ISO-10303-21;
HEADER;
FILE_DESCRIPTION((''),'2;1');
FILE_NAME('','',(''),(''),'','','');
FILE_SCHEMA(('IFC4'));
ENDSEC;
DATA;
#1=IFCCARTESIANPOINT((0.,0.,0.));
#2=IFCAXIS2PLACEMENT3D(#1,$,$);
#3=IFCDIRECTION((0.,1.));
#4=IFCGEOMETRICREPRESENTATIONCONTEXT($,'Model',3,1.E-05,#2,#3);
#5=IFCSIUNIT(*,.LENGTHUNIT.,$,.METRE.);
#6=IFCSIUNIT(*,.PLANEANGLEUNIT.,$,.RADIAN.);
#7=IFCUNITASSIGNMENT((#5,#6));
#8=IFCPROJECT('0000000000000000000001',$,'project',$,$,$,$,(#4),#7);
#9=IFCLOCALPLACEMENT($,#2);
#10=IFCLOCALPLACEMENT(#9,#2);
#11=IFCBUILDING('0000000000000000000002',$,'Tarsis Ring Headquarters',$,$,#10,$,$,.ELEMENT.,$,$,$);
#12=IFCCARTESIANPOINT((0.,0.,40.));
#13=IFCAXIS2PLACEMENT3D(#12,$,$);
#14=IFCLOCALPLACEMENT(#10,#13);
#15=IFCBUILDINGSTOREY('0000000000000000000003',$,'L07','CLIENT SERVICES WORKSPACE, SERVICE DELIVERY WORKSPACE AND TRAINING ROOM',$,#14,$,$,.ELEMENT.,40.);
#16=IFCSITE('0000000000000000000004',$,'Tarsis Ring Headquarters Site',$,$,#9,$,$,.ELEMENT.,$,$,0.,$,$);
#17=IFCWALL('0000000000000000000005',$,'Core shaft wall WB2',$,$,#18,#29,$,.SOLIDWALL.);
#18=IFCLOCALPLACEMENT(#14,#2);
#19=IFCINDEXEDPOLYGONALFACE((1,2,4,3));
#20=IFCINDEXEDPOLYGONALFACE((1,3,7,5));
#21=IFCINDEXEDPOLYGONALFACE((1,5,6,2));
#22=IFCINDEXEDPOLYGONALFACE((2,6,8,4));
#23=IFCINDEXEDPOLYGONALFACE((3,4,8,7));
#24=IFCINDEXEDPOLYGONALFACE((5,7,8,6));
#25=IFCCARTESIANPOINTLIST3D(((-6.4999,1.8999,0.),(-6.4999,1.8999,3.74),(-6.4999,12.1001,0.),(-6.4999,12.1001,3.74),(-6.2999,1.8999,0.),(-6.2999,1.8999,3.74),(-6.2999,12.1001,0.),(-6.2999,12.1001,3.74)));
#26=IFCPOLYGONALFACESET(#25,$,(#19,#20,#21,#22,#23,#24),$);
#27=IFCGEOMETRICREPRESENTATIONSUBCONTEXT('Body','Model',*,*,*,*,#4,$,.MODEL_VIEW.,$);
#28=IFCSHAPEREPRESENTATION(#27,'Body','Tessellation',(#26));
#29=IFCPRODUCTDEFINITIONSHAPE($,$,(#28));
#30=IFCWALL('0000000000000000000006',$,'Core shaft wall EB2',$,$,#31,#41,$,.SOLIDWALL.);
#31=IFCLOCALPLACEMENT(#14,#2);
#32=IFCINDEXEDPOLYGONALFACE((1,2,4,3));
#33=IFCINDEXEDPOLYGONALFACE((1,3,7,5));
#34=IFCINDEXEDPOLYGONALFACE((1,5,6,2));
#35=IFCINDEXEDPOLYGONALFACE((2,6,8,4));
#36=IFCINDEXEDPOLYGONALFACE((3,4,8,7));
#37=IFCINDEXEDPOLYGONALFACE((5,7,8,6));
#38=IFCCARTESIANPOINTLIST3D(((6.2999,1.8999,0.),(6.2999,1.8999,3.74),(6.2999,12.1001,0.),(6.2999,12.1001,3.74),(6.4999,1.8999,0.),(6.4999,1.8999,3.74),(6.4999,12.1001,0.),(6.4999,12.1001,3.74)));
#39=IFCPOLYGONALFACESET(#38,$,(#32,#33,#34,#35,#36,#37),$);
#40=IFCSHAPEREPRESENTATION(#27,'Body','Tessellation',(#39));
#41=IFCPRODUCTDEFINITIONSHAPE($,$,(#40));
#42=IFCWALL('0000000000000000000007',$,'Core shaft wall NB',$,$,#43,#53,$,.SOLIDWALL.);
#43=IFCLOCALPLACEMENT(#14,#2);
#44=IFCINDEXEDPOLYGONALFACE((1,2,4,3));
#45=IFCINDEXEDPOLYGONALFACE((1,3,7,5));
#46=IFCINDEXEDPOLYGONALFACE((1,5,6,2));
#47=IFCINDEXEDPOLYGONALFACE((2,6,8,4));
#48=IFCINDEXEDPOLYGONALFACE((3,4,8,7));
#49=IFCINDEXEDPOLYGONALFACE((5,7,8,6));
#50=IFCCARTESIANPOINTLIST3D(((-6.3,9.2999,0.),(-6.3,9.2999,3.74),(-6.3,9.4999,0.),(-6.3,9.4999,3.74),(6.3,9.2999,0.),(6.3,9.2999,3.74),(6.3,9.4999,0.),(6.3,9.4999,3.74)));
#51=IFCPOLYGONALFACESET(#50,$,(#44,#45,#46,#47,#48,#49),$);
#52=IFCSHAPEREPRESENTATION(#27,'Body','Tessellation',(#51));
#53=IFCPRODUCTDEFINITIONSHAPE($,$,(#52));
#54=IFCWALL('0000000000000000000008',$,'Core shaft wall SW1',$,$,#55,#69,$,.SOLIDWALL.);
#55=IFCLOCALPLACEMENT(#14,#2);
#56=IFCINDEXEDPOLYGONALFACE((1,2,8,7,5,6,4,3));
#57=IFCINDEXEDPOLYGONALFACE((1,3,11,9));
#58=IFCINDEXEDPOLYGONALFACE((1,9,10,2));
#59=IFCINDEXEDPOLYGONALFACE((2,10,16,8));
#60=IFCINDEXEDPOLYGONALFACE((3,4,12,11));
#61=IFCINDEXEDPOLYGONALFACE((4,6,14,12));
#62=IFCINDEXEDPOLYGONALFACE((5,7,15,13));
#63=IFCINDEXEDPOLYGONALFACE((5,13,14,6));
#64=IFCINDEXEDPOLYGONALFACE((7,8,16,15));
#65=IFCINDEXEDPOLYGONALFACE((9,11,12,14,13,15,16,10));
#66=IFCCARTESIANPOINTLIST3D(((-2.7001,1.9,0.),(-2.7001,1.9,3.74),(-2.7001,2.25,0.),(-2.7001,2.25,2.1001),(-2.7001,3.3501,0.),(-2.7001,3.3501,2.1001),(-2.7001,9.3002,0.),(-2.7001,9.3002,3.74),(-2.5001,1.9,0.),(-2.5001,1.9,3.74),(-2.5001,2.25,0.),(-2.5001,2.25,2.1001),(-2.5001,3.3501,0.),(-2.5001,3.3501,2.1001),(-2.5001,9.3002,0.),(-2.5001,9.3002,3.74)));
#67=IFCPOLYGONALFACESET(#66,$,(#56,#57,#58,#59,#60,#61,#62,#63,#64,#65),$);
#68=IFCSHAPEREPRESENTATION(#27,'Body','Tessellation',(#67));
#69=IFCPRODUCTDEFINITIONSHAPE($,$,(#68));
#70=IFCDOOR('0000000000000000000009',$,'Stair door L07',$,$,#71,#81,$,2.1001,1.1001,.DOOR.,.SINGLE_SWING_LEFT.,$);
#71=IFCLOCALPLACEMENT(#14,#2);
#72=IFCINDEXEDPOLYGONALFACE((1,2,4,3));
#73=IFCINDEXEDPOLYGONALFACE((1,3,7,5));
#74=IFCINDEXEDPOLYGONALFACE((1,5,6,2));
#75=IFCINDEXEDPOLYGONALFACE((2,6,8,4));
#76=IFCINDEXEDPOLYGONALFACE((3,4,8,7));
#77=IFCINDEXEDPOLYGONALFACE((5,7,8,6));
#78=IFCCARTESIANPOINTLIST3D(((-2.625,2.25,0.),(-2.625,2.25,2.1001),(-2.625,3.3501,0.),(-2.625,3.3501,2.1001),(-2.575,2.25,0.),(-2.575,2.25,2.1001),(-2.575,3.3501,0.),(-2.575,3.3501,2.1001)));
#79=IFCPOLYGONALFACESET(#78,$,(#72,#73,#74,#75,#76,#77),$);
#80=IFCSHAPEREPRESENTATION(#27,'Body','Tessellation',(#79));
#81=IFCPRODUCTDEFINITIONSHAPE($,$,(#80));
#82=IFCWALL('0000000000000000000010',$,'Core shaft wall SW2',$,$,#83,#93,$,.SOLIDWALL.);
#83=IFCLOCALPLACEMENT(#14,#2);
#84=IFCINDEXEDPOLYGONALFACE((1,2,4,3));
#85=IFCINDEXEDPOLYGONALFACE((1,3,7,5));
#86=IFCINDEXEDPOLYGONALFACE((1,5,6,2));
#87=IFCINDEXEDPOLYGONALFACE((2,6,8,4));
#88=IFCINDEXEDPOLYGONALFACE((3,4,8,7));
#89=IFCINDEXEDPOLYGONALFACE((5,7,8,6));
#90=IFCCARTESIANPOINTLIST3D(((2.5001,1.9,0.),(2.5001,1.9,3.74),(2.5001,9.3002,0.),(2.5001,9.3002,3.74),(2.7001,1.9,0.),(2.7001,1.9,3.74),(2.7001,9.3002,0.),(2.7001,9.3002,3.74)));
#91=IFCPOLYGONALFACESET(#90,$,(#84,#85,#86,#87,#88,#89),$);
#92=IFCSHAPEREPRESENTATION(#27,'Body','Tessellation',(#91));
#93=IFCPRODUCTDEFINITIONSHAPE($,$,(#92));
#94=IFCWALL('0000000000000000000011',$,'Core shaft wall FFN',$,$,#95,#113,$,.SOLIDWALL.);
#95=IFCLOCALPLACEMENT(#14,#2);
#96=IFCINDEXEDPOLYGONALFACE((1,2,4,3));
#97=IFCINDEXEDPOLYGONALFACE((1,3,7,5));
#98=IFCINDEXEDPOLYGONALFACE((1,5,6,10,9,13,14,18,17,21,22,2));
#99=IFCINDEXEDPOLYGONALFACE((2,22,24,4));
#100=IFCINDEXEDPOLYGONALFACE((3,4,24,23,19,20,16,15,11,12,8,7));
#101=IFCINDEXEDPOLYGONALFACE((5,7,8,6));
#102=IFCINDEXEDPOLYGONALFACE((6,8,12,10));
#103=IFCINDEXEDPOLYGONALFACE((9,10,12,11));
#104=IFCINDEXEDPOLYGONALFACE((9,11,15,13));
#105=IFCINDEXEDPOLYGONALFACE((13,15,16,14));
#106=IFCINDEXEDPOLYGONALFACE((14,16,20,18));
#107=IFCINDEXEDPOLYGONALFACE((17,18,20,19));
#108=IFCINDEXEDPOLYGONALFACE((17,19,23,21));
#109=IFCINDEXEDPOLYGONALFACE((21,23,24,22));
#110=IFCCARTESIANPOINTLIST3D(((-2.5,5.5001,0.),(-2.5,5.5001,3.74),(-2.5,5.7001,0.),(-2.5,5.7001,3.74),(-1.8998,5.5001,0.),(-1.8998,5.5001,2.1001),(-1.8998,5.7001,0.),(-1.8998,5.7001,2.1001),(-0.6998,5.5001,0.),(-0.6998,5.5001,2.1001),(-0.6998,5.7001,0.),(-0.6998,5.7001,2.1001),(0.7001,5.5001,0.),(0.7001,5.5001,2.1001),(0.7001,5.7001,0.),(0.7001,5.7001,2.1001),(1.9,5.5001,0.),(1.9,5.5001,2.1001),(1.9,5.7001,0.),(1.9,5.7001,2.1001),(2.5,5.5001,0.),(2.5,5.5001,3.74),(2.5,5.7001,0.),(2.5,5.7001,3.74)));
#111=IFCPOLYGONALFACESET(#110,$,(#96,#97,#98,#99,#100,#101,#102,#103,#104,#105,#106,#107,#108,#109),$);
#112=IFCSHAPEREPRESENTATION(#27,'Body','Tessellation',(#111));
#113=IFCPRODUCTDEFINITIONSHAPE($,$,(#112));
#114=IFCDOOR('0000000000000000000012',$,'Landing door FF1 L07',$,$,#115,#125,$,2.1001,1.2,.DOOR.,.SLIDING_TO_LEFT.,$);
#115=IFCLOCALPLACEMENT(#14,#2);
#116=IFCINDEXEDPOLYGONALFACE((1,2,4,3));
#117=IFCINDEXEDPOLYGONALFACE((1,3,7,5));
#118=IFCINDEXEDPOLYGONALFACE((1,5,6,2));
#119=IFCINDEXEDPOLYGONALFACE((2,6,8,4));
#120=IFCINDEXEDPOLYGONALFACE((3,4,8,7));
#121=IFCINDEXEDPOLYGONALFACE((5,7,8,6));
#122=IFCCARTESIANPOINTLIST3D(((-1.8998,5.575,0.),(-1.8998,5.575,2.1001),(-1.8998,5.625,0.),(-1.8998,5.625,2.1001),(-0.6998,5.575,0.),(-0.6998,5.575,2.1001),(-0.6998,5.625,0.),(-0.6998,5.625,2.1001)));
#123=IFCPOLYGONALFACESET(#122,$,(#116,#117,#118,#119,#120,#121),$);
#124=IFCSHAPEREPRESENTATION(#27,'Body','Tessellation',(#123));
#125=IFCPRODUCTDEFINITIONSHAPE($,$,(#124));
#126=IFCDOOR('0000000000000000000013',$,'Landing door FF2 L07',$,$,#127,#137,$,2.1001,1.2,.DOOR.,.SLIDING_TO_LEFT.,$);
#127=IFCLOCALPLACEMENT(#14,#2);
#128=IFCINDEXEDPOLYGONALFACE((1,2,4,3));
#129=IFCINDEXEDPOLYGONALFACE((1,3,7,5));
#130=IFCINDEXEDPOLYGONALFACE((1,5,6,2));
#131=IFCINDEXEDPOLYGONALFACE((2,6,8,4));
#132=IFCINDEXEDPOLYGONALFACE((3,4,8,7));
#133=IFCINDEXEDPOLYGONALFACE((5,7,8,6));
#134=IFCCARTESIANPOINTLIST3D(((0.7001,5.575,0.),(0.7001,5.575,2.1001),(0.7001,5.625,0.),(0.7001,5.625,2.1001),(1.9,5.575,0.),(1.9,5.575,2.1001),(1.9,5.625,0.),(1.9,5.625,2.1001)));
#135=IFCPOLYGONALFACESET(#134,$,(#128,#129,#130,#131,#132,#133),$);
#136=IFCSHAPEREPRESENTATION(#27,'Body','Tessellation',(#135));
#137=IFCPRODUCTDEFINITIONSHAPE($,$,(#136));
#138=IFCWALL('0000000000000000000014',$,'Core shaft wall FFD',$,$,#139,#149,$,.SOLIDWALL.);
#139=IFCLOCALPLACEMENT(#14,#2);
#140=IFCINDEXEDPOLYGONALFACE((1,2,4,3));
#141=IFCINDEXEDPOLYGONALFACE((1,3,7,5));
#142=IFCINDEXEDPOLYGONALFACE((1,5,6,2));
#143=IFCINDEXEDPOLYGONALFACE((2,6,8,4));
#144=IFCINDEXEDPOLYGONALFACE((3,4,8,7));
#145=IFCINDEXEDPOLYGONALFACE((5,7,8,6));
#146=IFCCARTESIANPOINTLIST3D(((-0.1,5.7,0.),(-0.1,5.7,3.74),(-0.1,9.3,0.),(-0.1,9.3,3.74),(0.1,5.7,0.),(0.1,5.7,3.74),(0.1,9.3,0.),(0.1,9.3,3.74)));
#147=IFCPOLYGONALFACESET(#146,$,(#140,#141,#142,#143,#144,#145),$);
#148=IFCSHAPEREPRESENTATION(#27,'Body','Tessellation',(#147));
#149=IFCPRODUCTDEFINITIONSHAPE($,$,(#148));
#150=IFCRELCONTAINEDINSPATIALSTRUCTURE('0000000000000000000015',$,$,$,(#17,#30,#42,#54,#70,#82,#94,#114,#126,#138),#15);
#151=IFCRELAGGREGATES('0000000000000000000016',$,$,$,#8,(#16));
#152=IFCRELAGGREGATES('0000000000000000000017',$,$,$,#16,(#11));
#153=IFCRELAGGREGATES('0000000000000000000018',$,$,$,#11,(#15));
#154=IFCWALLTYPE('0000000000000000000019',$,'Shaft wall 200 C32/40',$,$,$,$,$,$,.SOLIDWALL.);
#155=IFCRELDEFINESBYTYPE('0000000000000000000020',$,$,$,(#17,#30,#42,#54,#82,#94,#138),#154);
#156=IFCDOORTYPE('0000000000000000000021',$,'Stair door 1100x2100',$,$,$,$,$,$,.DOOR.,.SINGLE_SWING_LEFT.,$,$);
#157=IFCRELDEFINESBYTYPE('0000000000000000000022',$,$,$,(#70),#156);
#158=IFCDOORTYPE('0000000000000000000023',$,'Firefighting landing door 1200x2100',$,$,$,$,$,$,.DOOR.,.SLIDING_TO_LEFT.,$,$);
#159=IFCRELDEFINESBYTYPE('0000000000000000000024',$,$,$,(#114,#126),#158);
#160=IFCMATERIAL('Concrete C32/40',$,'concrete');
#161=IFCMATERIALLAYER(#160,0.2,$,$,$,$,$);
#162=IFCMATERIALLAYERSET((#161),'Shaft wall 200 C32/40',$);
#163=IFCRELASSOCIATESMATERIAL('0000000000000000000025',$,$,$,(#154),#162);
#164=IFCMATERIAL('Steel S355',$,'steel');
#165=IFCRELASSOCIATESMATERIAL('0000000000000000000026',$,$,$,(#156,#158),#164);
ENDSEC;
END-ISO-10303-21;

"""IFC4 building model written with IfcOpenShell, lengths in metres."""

from ifc_helpers import new_model, si_unit, direction, frame, frame_2d, origin, place, context, subcontext, project, spatial, rectangle, extrude, material, layer, layer_set, type_object, element, fill, save


model = new_model("IFC4")

# Units and contexts
model_context = context("Model", 3, precision=1e-05, world=origin(), true_north=direction((0.0, 1.0)))
body_context = subcontext(model_context, "Body", "Model", "MODEL_VIEW")
ifc_project = project(units=[si_unit("LENGTHUNIT", "METRE"), si_unit("PLANEANGLEUNIT", "RADIAN")], contexts=[model_context])

# Site, building, storey
site_placement = place(None, origin())
site = spatial("IfcSite", under=ifc_project, at=site_placement, Name="Tarsis Ring Headquarters Site", CompositionType="ELEMENT", RefElevation=0.0)
building_placement = place(site_placement, origin())
building = spatial("IfcBuilding", under=site, at=building_placement, Name="Tarsis Ring Headquarters", CompositionType="ELEMENT")
storey_placement = place(building_placement, frame((0.0, 0.0, 40.0)))
storey = spatial("IfcBuildingStorey", under=building, at=storey_placement, Name="L07", Description="CLIENT SERVICES WORKSPACE, SERVICE DELIVERY WORKSPACE AND TRAINING ROOM", CompositionType="ELEMENT", Elevation=40.0)

# Walls
ifc_material_1 = material(Name="Concrete C32/40", Category="concrete")
ifc_layer_1 = layer(ifc_material_1, 0.2)
ifc_layer_set_1 = layer_set([ifc_layer_1], Name="Shaft wall 200 C32/40")
wall_type_1 = type_object("IfcWallType", Name="Shaft wall 200 C32/40", PredefinedType="SOLIDWALL", material=ifc_layer_set_1)
for number, where, z_axis, x_axis, name in (
    (1, (-6.3999, 1.8999, 0.0), (0.0, 0.0, 1.0), (0.0, 1.0, 0.0), "Core shaft wall WB2"),
    (2, (6.3999, 1.8999, 0.0), (0.0, 0.0, 1.0), (0.0, 1.0, 0.0), "Core shaft wall EB2"),
):
    element("IfcWall", number, at=place(storey_placement, frame(where, z_axis=z_axis, x_axis=x_axis)), inside=storey, type_object=wall_type_1, Name=name, PredefinedType="SOLIDWALL", context=body_context, shape_type="SweptSolid", body=[
        extrude(rectangle(XDim=10.2002, YDim=0.2, at=frame_2d((5.1001, 0.0))), origin(), (0.0, 0.0, 1.0), 3.74),
    ])
wall_1_placement = place(storey_placement, frame((-6.3, 9.3999, 0.0), z_axis=(0.0, 0.0, 1.0), x_axis=(1.0, 0.0, 0.0)))
element("IfcWall", 3, at=wall_1_placement, inside=storey, type_object=wall_type_1, Name="Core shaft wall NB", PredefinedType="SOLIDWALL", context=body_context, shape_type="SweptSolid", body=[
    extrude(rectangle(XDim=12.6001, YDim=0.2, at=frame_2d((6.3, 0.0))), origin(), (0.0, 0.0, 1.0), 3.74),
])

# Wall, opening, door
wall_2_placement = place(storey_placement, frame((-2.6001, 1.8999, 0.0), z_axis=(0.0, 0.0, 1.0), x_axis=(0.0, 1.0, 0.0)))
wall_2 = element("IfcWall", 4, at=wall_2_placement, inside=storey, type_object=wall_type_1, Name="Core shaft wall SW1", PredefinedType="SOLIDWALL", context=body_context, shape_type="SweptSolid", body=[
    extrude(rectangle(XDim=7.4001, YDim=0.2, at=frame_2d((3.7002, 0.0))), origin(), (0.0, 0.0, 1.0), 3.74),
])
opening_1_placement = place(wall_2_placement, frame((0.3501, 0.0, 0.0)))
opening_1 = element("IfcOpeningElement", 5, at=opening_1_placement, cuts=wall_2, PredefinedType="OPENING", context=body_context, shape_type="SweptSolid", body=[
    extrude(rectangle(XDim=1.1001, YDim=2.1001, at=frame_2d((0.55, 1.05))), frame((0.0, 0.1099, 0.0), z_axis=(0.0, -1.0, 0.0), x_axis=(1.0, 0.0, 0.0)), (0.0, 0.0, 1.0), 0.22),
])
ifc_material_2 = material(Name="Steel S355", Category="steel")
door_type_1 = type_object("IfcDoorType", Name="Stair door 1100x2100", OperationType="SINGLE_SWING_LEFT", PredefinedType="DOOR", material=ifc_material_2)
door_1_placement = place(opening_1_placement, origin())
door_1 = element("IfcDoor", 6, at=door_1_placement, inside=storey, type_object=door_type_1, Name="Stair door L07", OperationType="SINGLE_SWING_LEFT", OverallHeight=2.1001, OverallWidth=1.1001, PredefinedType="DOOR", context=body_context, shape_type="SweptSolid", body=[
    extrude(rectangle(XDim=1.1001, YDim=2.1001, at=frame_2d((0.55, 1.05))), frame((0.0, 0.0249, 0.0), z_axis=(0.0, -1.0, 0.0), x_axis=(1.0, 0.0, 0.0)), (0.0, 0.0, 1.0), 0.05),
])
fill(opening_1, door_1)

# Wall
wall_3_placement = place(storey_placement, frame((2.6001, 1.8999, 0.0), z_axis=(0.0, 0.0, 1.0), x_axis=(0.0, 1.0, 0.0)))
element("IfcWall", 7, at=wall_3_placement, inside=storey, type_object=wall_type_1, Name="Core shaft wall SW2", PredefinedType="SOLIDWALL", context=body_context, shape_type="SweptSolid", body=[
    extrude(rectangle(XDim=7.4001, YDim=0.2, at=frame_2d((3.7002, 0.0))), origin(), (0.0, 0.0, 1.0), 3.74),
])

# Wall, openings, doors
wall_4_placement = place(storey_placement, frame((-2.5, 5.6001, 0.0), z_axis=(0.0, 0.0, 1.0), x_axis=(1.0, 0.0, 0.0)))
wall_4 = element("IfcWall", 8, at=wall_4_placement, inside=storey, type_object=wall_type_1, Name="Core shaft wall FFN", PredefinedType="SOLIDWALL", context=body_context, shape_type="SweptSolid", body=[
    extrude(rectangle(XDim=5.0, YDim=0.2, at=frame_2d((2.5, 0.0))), origin(), (0.0, 0.0, 1.0), 3.74),
])
opening_2_placement = place(wall_4_placement, frame((0.6001, 0.0, 0.0)))
opening_2 = element("IfcOpeningElement", 9, at=opening_2_placement, cuts=wall_4, PredefinedType="OPENING", context=body_context, shape_type="SweptSolid", body=[
    extrude(rectangle(XDim=1.2, YDim=2.1001, at=frame_2d((0.6001, 1.05))), frame((0.0, 0.1099, 0.0), z_axis=(0.0, -1.0, 0.0), x_axis=(1.0, 0.0, 0.0)), (0.0, 0.0, 1.0), 0.22),
])
opening_3_placement = place(wall_4_placement, frame((3.2, 0.0, 0.0)))
opening_3 = element("IfcOpeningElement", 10, at=opening_3_placement, cuts=wall_4, PredefinedType="OPENING", context=body_context, shape_type="SweptSolid", body=[
    extrude(rectangle(XDim=1.2, YDim=2.1001, at=frame_2d((0.6001, 1.05))), frame((0.0, 0.1099, 0.0), z_axis=(0.0, -1.0, 0.0), x_axis=(1.0, 0.0, 0.0)), (0.0, 0.0, 1.0), 0.22),
])
door_type_2 = type_object("IfcDoorType", Name="Firefighting landing door 1200x2100", OperationType="SLIDING_TO_LEFT", PredefinedType="DOOR", material=ifc_material_2)
door_2_placement = place(opening_2_placement, origin())
door_2 = element("IfcDoor", 11, at=door_2_placement, inside=storey, type_object=door_type_2, Name="Landing door FF1 L07", OperationType="SLIDING_TO_LEFT", OverallHeight=2.1001, OverallWidth=1.2, PredefinedType="DOOR", context=body_context, shape_type="SweptSolid", body=[
    extrude(rectangle(XDim=1.2, YDim=2.1001, at=frame_2d((0.6001, 1.05))), frame((0.0, 0.0249, 0.0), z_axis=(0.0, -1.0, 0.0), x_axis=(1.0, 0.0, 0.0)), (0.0, 0.0, 1.0), 0.05),
])
fill(opening_2, door_2)
door_3_placement = place(opening_3_placement, origin())
door_3 = element("IfcDoor", 12, at=door_3_placement, inside=storey, type_object=door_type_2, Name="Landing door FF2 L07", OperationType="SLIDING_TO_LEFT", OverallHeight=2.1001, OverallWidth=1.2, PredefinedType="DOOR", context=body_context, shape_type="SweptSolid", body=[
    extrude(rectangle(XDim=1.2, YDim=2.1001, at=frame_2d((0.6001, 1.05))), frame((0.0, 0.0249, 0.0), z_axis=(0.0, -1.0, 0.0), x_axis=(1.0, 0.0, 0.0)), (0.0, 0.0, 1.0), 0.05),
])
fill(opening_3, door_3)

# Wall
wall_5_placement = place(storey_placement, frame((0.0, 5.7, 0.0), z_axis=(0.0, 0.0, 1.0), x_axis=(0.0, 1.0, 0.0)))
element("IfcWall", 13, at=wall_5_placement, inside=storey, type_object=wall_type_1, Name="Core shaft wall FFD", PredefinedType="SOLIDWALL", context=body_context, shape_type="SweptSolid", body=[
    extrude(rectangle(XDim=3.6001, YDim=0.2, at=frame_2d((1.8, 0.0))), origin(), (0.0, 0.0, 1.0), 3.74),
])

save(model, "model.ifc")
